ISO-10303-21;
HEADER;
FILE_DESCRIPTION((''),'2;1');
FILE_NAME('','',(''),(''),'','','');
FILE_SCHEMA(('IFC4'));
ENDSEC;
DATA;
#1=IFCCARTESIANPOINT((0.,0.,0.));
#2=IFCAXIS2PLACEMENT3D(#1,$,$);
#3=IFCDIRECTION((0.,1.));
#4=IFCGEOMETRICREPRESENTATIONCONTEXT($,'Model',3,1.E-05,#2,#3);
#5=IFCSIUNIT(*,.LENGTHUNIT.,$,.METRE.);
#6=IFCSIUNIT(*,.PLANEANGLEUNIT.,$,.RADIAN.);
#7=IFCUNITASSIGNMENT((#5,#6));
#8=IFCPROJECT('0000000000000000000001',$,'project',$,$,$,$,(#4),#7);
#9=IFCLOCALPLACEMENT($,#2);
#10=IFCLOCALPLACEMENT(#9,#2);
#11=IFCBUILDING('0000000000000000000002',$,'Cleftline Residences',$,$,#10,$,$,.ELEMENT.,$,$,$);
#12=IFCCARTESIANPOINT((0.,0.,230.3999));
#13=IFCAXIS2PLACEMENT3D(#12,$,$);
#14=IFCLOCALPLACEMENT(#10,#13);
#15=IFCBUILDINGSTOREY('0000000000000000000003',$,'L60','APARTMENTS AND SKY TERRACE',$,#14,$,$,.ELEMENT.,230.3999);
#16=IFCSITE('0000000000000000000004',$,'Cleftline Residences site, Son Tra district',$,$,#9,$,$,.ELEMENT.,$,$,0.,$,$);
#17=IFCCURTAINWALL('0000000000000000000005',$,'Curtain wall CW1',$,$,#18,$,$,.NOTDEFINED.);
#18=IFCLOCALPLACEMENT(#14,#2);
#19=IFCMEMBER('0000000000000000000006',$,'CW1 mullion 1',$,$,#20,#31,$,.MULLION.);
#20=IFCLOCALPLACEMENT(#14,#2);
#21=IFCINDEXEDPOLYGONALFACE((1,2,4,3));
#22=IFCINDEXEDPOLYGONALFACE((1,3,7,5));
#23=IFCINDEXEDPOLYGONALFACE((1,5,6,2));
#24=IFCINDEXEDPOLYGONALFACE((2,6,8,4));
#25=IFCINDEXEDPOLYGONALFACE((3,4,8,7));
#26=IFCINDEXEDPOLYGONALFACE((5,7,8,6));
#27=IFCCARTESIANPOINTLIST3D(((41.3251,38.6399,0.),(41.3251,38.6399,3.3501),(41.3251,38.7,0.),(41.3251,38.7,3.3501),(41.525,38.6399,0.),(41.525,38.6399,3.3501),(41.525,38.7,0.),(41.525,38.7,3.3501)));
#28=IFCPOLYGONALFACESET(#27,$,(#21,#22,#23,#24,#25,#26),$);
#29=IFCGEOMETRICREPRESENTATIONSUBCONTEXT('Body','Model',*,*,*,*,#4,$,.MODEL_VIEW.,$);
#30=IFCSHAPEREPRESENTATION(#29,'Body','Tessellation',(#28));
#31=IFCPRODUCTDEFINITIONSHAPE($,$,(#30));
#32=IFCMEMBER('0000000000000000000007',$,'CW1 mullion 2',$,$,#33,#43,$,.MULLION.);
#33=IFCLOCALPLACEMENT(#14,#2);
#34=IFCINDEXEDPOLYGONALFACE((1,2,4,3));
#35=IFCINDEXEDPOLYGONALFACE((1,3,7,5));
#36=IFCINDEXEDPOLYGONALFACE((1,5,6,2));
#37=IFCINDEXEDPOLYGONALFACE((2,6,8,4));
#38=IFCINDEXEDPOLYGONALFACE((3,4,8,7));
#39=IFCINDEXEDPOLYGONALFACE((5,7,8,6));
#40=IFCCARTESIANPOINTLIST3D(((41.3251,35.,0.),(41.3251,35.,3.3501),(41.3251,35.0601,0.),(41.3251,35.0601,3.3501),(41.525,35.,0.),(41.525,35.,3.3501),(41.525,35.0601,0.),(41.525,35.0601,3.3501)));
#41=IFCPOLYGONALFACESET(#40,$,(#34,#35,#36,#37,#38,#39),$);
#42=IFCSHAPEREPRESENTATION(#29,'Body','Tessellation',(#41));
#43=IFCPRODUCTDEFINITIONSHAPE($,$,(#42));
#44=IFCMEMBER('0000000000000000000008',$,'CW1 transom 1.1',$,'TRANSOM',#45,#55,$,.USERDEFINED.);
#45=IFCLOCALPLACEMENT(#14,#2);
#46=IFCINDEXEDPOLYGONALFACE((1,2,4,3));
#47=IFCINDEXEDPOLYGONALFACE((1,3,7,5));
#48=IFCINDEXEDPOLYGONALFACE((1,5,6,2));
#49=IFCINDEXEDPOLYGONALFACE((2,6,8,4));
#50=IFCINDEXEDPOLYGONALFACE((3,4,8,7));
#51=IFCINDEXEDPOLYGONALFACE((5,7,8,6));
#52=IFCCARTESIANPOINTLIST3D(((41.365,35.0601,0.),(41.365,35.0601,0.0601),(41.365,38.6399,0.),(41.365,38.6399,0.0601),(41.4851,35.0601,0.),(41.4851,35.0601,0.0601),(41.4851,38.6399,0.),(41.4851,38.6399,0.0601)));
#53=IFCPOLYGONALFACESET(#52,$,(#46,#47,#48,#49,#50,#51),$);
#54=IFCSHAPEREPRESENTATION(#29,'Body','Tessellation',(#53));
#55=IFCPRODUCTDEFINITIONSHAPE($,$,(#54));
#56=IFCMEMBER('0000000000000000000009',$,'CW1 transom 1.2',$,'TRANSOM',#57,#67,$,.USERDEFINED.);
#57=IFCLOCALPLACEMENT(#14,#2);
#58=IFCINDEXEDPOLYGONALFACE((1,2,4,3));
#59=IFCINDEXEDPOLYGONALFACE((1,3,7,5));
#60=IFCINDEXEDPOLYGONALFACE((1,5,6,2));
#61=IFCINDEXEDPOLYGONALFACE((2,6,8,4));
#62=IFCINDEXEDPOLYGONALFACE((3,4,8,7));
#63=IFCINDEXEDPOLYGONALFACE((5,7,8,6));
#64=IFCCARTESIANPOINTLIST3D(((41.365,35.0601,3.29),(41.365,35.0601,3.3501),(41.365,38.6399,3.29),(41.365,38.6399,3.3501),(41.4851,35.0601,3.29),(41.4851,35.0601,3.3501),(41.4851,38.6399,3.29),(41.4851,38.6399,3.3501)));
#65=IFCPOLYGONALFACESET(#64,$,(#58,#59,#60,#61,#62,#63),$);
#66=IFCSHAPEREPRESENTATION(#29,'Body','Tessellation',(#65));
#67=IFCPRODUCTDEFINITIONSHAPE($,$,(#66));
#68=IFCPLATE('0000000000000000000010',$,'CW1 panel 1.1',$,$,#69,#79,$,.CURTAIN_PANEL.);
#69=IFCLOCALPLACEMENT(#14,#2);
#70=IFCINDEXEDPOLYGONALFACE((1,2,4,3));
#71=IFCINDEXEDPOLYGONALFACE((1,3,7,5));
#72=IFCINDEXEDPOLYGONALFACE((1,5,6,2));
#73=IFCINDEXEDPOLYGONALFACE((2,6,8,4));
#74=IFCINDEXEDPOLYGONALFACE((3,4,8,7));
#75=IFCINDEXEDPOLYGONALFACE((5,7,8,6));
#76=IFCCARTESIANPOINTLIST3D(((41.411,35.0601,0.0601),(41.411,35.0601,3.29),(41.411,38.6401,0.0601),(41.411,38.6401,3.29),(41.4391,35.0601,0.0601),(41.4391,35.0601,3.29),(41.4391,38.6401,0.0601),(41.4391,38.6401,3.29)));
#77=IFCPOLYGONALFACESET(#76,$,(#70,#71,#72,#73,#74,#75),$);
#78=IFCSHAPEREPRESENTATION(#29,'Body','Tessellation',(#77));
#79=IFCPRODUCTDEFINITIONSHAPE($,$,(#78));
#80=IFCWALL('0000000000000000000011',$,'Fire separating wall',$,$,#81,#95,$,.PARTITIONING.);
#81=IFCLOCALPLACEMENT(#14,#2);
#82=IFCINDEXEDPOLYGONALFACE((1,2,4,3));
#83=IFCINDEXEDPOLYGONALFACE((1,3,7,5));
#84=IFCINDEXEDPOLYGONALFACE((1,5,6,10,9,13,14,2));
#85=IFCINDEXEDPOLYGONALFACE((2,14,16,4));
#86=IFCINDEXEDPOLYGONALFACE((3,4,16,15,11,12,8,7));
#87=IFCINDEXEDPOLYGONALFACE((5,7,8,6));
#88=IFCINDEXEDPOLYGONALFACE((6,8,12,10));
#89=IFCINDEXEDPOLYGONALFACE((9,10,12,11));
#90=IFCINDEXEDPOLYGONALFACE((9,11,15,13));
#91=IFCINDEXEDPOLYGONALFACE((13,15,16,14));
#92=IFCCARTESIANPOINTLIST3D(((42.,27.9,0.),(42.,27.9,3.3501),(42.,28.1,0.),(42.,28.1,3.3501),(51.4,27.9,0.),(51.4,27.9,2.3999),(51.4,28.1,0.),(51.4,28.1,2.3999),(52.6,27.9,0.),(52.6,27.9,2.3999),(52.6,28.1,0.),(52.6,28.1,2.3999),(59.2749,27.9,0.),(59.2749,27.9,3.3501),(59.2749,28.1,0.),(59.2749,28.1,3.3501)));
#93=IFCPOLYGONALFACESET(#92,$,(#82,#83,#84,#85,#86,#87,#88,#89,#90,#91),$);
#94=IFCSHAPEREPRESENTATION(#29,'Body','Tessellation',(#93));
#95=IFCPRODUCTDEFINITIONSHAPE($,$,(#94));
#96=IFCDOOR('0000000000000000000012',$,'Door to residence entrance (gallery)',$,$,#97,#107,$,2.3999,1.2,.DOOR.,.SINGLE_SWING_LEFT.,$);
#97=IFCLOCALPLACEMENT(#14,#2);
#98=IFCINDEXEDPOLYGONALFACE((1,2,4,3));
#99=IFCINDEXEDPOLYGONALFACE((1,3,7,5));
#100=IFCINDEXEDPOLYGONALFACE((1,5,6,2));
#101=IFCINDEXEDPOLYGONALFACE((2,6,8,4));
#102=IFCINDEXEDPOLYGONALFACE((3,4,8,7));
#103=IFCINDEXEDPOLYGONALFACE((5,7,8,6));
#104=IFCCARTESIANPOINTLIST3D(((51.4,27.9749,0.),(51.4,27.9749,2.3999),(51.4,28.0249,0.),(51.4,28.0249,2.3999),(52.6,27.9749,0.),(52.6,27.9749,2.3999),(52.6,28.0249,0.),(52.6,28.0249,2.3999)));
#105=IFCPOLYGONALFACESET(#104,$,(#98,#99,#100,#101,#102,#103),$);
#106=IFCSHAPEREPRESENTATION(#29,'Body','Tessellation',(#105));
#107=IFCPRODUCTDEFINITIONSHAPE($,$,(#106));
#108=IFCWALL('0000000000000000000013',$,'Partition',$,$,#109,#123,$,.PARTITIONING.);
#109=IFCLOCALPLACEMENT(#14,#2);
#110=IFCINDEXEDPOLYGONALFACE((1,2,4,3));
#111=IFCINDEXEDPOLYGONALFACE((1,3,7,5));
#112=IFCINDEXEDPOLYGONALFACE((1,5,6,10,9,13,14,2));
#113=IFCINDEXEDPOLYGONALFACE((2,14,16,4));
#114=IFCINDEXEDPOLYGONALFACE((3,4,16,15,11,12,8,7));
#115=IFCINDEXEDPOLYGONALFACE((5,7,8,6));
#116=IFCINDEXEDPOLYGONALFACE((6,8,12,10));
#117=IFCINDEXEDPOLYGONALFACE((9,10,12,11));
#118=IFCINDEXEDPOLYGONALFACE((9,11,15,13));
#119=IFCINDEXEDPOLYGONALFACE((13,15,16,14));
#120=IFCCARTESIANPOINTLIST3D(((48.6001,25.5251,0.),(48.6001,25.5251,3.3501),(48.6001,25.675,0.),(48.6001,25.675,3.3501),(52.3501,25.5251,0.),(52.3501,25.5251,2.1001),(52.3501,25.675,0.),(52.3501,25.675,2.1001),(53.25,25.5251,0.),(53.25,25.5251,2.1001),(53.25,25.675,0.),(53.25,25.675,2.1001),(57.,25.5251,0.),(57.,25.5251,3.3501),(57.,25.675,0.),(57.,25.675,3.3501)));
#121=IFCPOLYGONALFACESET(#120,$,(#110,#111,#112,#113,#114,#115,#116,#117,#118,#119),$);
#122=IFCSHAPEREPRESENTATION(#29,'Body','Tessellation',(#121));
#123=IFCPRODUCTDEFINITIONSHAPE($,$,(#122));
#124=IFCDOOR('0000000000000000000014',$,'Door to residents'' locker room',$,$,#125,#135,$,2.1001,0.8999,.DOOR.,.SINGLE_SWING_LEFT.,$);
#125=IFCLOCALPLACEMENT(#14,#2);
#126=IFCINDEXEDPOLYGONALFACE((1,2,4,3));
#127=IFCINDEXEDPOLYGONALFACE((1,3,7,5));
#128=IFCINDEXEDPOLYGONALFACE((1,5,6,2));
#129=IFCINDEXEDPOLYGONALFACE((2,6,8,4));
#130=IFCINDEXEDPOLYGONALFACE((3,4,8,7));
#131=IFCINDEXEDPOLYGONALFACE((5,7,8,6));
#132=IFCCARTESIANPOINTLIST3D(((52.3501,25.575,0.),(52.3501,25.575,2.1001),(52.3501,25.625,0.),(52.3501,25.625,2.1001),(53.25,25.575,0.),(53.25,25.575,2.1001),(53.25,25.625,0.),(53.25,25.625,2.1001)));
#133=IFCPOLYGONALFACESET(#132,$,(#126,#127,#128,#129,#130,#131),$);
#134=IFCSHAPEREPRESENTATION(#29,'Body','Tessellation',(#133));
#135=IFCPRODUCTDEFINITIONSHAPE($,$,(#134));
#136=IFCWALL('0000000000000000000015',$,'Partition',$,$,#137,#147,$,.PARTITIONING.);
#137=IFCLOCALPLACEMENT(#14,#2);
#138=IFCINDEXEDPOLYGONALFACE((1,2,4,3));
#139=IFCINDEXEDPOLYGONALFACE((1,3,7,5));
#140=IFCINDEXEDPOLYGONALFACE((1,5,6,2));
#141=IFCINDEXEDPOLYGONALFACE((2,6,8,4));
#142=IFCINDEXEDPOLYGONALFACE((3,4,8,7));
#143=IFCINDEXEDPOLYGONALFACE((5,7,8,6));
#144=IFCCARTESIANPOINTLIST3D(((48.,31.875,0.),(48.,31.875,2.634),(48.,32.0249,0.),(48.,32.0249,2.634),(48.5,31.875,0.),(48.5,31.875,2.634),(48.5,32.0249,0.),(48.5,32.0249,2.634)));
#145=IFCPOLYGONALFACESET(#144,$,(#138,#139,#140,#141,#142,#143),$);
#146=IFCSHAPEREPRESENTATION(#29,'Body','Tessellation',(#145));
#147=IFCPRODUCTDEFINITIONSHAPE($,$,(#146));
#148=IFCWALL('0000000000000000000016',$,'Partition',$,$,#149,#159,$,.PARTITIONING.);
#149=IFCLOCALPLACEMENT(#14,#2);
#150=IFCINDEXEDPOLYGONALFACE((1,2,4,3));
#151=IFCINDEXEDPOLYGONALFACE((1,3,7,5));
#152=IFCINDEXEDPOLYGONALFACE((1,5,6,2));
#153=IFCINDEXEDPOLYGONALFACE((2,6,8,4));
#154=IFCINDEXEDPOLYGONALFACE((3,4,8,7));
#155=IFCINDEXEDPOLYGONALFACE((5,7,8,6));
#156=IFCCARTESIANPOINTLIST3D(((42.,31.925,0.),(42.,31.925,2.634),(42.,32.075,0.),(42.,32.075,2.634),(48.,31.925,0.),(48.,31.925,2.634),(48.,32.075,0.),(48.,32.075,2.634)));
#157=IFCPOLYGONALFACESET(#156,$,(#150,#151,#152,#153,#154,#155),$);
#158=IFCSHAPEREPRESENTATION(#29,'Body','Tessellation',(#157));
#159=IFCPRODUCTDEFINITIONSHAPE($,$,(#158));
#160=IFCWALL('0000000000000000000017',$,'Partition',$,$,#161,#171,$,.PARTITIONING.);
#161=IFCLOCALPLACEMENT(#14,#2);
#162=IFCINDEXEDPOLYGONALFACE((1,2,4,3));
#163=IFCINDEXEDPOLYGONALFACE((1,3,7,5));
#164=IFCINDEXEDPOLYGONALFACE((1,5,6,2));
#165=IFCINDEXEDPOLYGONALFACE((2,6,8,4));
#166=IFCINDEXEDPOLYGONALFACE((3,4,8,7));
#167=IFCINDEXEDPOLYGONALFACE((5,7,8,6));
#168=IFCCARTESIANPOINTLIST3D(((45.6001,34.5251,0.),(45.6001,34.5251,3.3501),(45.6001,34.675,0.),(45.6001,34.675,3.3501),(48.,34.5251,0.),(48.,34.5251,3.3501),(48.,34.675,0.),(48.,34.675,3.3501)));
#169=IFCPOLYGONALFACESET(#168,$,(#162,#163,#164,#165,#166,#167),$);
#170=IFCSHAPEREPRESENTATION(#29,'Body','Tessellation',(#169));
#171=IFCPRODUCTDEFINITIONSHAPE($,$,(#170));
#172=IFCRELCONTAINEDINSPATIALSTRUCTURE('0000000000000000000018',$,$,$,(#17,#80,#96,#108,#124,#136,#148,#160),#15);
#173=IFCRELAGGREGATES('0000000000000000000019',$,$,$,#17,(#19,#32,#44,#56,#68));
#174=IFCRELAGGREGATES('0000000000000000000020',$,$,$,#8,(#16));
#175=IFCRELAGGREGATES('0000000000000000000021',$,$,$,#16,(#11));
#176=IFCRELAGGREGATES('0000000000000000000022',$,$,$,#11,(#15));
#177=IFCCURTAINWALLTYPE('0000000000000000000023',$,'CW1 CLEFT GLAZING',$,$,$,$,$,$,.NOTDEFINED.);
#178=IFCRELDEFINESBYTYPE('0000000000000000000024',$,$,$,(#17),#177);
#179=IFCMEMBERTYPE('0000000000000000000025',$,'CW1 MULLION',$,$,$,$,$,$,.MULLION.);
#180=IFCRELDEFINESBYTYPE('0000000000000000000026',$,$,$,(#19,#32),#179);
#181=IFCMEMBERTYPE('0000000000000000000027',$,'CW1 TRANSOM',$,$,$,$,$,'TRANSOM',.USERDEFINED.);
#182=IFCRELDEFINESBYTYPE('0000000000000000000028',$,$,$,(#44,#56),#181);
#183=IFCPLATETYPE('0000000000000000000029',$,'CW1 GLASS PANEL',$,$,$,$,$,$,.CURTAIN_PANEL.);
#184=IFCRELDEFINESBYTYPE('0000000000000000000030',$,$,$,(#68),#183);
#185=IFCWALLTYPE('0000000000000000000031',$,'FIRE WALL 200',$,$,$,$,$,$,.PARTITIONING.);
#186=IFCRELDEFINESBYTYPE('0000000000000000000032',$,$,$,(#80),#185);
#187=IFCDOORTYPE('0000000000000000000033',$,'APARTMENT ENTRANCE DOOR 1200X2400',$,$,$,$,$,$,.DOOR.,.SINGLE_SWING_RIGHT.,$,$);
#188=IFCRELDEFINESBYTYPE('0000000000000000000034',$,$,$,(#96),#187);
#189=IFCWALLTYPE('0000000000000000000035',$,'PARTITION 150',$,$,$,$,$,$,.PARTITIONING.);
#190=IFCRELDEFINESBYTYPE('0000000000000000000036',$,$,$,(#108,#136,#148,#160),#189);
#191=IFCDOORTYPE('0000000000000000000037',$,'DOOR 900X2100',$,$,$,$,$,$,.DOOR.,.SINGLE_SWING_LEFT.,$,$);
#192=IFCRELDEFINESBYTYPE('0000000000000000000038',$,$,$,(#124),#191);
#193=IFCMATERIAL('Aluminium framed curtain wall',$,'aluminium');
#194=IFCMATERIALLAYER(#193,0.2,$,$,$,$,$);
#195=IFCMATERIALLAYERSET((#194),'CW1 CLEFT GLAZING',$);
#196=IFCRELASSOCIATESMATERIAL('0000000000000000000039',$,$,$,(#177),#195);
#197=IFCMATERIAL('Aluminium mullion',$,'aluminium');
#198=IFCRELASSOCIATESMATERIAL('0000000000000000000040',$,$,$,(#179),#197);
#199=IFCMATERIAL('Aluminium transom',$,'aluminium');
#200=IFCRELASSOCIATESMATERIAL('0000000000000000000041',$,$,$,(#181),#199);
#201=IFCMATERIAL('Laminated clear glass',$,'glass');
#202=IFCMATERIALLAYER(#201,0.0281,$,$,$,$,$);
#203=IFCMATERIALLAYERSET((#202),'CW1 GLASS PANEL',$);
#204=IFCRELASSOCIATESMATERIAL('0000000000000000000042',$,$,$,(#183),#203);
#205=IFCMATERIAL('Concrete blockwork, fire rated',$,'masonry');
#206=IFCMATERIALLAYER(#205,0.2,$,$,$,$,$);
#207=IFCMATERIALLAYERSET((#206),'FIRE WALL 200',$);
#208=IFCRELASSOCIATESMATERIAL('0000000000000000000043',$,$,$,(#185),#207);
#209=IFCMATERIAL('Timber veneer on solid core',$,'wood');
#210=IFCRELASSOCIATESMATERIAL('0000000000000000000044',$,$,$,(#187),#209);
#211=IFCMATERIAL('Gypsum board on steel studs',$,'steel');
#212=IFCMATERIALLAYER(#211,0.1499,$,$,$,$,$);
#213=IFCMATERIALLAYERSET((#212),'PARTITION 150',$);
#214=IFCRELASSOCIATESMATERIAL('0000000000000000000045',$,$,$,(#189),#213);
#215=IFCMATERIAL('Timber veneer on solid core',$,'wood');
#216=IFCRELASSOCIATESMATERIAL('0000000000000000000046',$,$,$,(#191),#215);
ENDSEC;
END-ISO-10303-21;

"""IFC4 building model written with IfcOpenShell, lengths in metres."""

from ifc_helpers import new_model, si_unit, direction, frame, frame_2d, origin, origin_2d, place, context, subcontext, project, spatial, rectangle, extrude, material, layer, layer_set, material_profile, profile_set, type_object, element, fill, aggregate, save


model = new_model("IFC4")

# Units and contexts
model_context = context("Model", 3, precision=1e-05, world=origin(), true_north=direction((0.0, 1.0)))
body_context = subcontext(model_context, "Body", "Model", "MODEL_VIEW")
ifc_project = project(units=[si_unit("LENGTHUNIT", "METRE"), si_unit("PLANEANGLEUNIT", "RADIAN")], contexts=[model_context])

# Site, building, storey
site_placement = place(None, origin())
site = spatial("IfcSite", under=ifc_project, at=site_placement, Name="Cleftline Residences site, Son Tra district", CompositionType="ELEMENT", RefElevation=0.0)
building_placement = place(site_placement, origin())
building = spatial("IfcBuilding", under=site, at=building_placement, Name="Cleftline Residences", CompositionType="ELEMENT")
storey_placement = place(building_placement, frame((0.0, 0.0, 230.3999)))
storey = spatial("IfcBuildingStorey", under=building, at=storey_placement, Name="L60", Description="APARTMENTS AND SKY TERRACE", CompositionType="ELEMENT", Elevation=230.3999)

# Curtain wall, members, plate
ifc_material_1 = material(Name="Aluminium framed curtain wall", Category="aluminium")
ifc_layer_1 = layer(ifc_material_1, 0.2)
ifc_layer_set_1 = layer_set([ifc_layer_1], Name="CW1 CLEFT GLAZING")
curtain_wall_type = type_object("IfcCurtainWallType", Name="CW1 CLEFT GLAZING", PredefinedType="NOTDEFINED", material=ifc_layer_set_1)
curtain_wall_placement = place(storey_placement, origin())
curtain_wall = element("IfcCurtainWall", 1, at=curtain_wall_placement, inside=storey, type_object=curtain_wall_type, Name="Curtain wall CW1", PredefinedType="NOTDEFINED")
ifc_material_2 = material(Name="Aluminium mullion", Category="aluminium")
ifc_material_profile_1 = material_profile(ifc_material_2, rectangle(XDim=0.2, YDim=0.0601, at=origin_2d()))
ifc_profile_set_1 = profile_set([ifc_material_profile_1], Name="Aluminium mullion")
member_type_1 = type_object("IfcMemberType", Name="CW1 MULLION", PredefinedType="MULLION", material=ifc_profile_set_1)
member_1_placement = place(storey_placement, frame((41.425, 38.6699, 0.0), z_axis=(0.0, 0.0, 1.0), x_axis=(1.0, 0.0, 0.0)))
member_1 = element("IfcMember", 2, at=member_1_placement, type_object=member_type_1, Name="CW1 mullion 1", PredefinedType="MULLION", context=body_context, shape_type="SweptSolid", body=[
    extrude(rectangle(XDim=0.2, YDim=0.0601, at=origin_2d()), origin(), (0.0, 0.0, 1.0), 3.3501),
])
member_2_placement = place(storey_placement, frame((41.425, 35.03, 0.0), z_axis=(0.0, 0.0, 1.0), x_axis=(1.0, 0.0, 0.0)))
member_2 = element("IfcMember", 3, at=member_2_placement, type_object=member_type_1, Name="CW1 mullion 2", PredefinedType="MULLION", context=body_context, shape_type="SweptSolid", body=[
    extrude(rectangle(XDim=0.2, YDim=0.0601, at=origin_2d()), origin(), (0.0, 0.0, 1.0), 3.3501),
])
ifc_material_3 = material(Name="Aluminium transom", Category="aluminium")
ifc_material_profile_2 = material_profile(ifc_material_3, rectangle(XDim=0.1201, YDim=0.0601, at=origin_2d()))
ifc_profile_set_2 = profile_set([ifc_material_profile_2], Name="Aluminium transom")
member_type_2 = type_object("IfcMemberType", Name="CW1 TRANSOM", ElementType="TRANSOM", PredefinedType="USERDEFINED", material=ifc_profile_set_2)
member_3_placement = place(storey_placement, frame((41.425, 38.6399, 0.03), z_axis=(0.0, -1.0, 0.0), x_axis=(1.0, 0.0, 0.0)))
member_3 = element("IfcMember", 4, at=member_3_placement, type_object=member_type_2, Name="CW1 transom 1.1", ObjectType="TRANSOM", PredefinedType="USERDEFINED", context=body_context, shape_type="SweptSolid", body=[
    extrude(rectangle(XDim=0.1201, YDim=0.0601, at=origin_2d()), origin(), (0.0, 0.0, 1.0), 3.5798),
])
member_4_placement = place(storey_placement, frame((41.425, 38.6399, 3.3201), z_axis=(0.0, -1.0, 0.0), x_axis=(1.0, 0.0, 0.0)))
member_4 = element("IfcMember", 5, at=member_4_placement, type_object=member_type_2, Name="CW1 transom 1.2", ObjectType="TRANSOM", PredefinedType="USERDEFINED", context=body_context, shape_type="SweptSolid", body=[
    extrude(rectangle(XDim=0.1201, YDim=0.0601, at=origin_2d()), origin(), (0.0, 0.0, 1.0), 3.5798),
])
ifc_material_4 = material(Name="Laminated clear glass", Category="glass")
ifc_layer_2 = layer(ifc_material_4, 0.0281)
ifc_layer_set_2 = layer_set([ifc_layer_2], Name="CW1 GLASS PANEL")
plate_type = type_object("IfcPlateType", Name="CW1 GLASS PANEL", PredefinedType="CURTAIN_PANEL", material=ifc_layer_set_2)
plate_placement = place(storey_placement, frame((41.425, 36.8501, 0.0601), z_axis=(0.0, 0.0, 1.0), x_axis=(0.0, -1.0, 0.0)))
plate = element("IfcPlate", 6, at=plate_placement, type_object=plate_type, Name="CW1 panel 1.1", PredefinedType="CURTAIN_PANEL", context=body_context, shape_type="SweptSolid", body=[
    extrude(rectangle(XDim=3.5801, YDim=0.0281, at=origin_2d()), origin(), (0.0, 0.0, 1.0), 3.23),
])
aggregate(curtain_wall, [member_1, member_2, member_3, member_4, plate])

# Walls, openings, doors
ifc_material_5 = material(Name="Concrete blockwork, fire rated", Category="masonry")
ifc_layer_3 = layer(ifc_material_5, 0.2)
ifc_layer_set_3 = layer_set([ifc_layer_3], Name="FIRE WALL 200")
wall_type_1 = type_object("IfcWallType", Name="FIRE WALL 200", PredefinedType="PARTITIONING", material=ifc_layer_set_3)
wall_1_placement = place(storey_placement, frame((42.0, 28.0, 0.0), z_axis=(0.0, 0.0, 1.0), x_axis=(1.0, 0.0, 0.0)))
wall_1 = element("IfcWall", 7, at=wall_1_placement, inside=storey, type_object=wall_type_1, Name="Fire separating wall", PredefinedType="PARTITIONING", context=body_context, shape_type="SweptSolid", body=[
    extrude(rectangle(XDim=17.2749, YDim=0.2, at=frame_2d((8.6375, 0.0))), origin(), (0.0, 0.0, 1.0), 3.3501),
])
opening_1_placement = place(wall_1_placement, frame((9.3999, 0.0, 0.0)))
opening_1 = element("IfcOpeningElement", 8, at=opening_1_placement, cuts=wall_1, PredefinedType="OPENING", context=body_context, shape_type="SweptSolid", body=[
    extrude(rectangle(XDim=1.2, YDim=2.3999, at=frame_2d((0.6001, 1.2))), frame((0.0, 0.1099, 0.0), z_axis=(0.0, -1.0, 0.0), x_axis=(1.0, 0.0, 0.0)), (0.0, 0.0, 1.0), 0.22),
])
ifc_material_6 = material(Name="Timber veneer on solid core", Category="wood")
door_type_1 = type_object("IfcDoorType", Name="APARTMENT ENTRANCE DOOR 1200X2400", OperationType="SINGLE_SWING_RIGHT", PredefinedType="DOOR", material=ifc_material_6)
door_1_placement = place(opening_1_placement, origin())
door_1 = element("IfcDoor", 9, at=door_1_placement, inside=storey, type_object=door_type_1, Name="Door to residence entrance (gallery)", OperationType="SINGLE_SWING_LEFT", OverallHeight=2.3999, OverallWidth=1.2, PredefinedType="DOOR", context=body_context, shape_type="SweptSolid", body=[
    extrude(rectangle(XDim=1.2, YDim=2.3999, at=frame_2d((0.6001, 1.2))), frame((0.0, 0.0249, 0.0), z_axis=(0.0, -1.0, 0.0), x_axis=(1.0, 0.0, 0.0)), (0.0, 0.0, 1.0), 0.05),
])
fill(opening_1, door_1)
ifc_material_7 = material(Name="Gypsum board on steel studs", Category="steel")
ifc_layer_4 = layer(ifc_material_7, 0.1499)
ifc_layer_set_4 = layer_set([ifc_layer_4], Name="PARTITION 150")
wall_type_2 = type_object("IfcWallType", Name="PARTITION 150", PredefinedType="PARTITIONING", material=ifc_layer_set_4)
wall_2_placement = place(storey_placement, frame((48.6001, 25.6001, 0.0), z_axis=(0.0, 0.0, 1.0), x_axis=(1.0, 0.0, 0.0)))
wall_2 = element("IfcWall", 10, at=wall_2_placement, inside=storey, type_object=wall_type_2, Name="Partition", PredefinedType="PARTITIONING", context=body_context, shape_type="SweptSolid", body=[
    extrude(rectangle(XDim=8.3999, YDim=0.1499, at=frame_2d((4.2, 0.0))), origin(), (0.0, 0.0, 1.0), 3.3501),
])
opening_2_placement = place(wall_2_placement, frame((3.75, 0.0, 0.0)))
opening_2 = element("IfcOpeningElement", 11, at=opening_2_placement, cuts=wall_2, PredefinedType="OPENING", context=body_context, shape_type="SweptSolid", body=[
    extrude(rectangle(XDim=0.8999, YDim=2.1001, at=frame_2d((0.45, 1.05))), frame((0.0, 0.085, 0.0), z_axis=(0.0, -1.0, 0.0), x_axis=(1.0, 0.0, 0.0)), (0.0, 0.0, 1.0), 0.1699),
])
ifc_material_8 = material(Name="Timber veneer on solid core", Category="wood")
door_type_2 = type_object("IfcDoorType", Name="DOOR 900X2100", OperationType="SINGLE_SWING_LEFT", PredefinedType="DOOR", material=ifc_material_8)
door_2_placement = place(opening_2_placement, origin())
door_2 = element("IfcDoor", 12, at=door_2_placement, inside=storey, type_object=door_type_2, Name="Door to residents' locker room", OperationType="SINGLE_SWING_LEFT", OverallHeight=2.1001, OverallWidth=0.8999, PredefinedType="DOOR", context=body_context, shape_type="SweptSolid", body=[
    extrude(rectangle(XDim=0.8999, YDim=2.1001, at=frame_2d((0.45, 1.05))), frame((0.0, 0.0249, 0.0), z_axis=(0.0, -1.0, 0.0), x_axis=(1.0, 0.0, 0.0)), (0.0, 0.0, 1.0), 0.05),
])
fill(opening_2, door_2)

# Walls
wall_3_placement = place(storey_placement, frame((48.0, 31.95, 0.0), z_axis=(0.0, 0.0, 1.0), x_axis=(1.0, 0.0, 0.0)))
element("IfcWall", 13, at=wall_3_placement, inside=storey, type_object=wall_type_2, Name="Partition", PredefinedType="PARTITIONING", context=body_context, shape_type="SweptSolid", body=[
    extrude(rectangle(XDim=0.5, YDim=0.1499, at=frame_2d((0.25, 0.0))), origin(), (0.0, 0.0, 1.0), 2.634),
])
wall_4_placement = place(storey_placement, frame((42.0, 32.0, 0.0), z_axis=(0.0, 0.0, 1.0), x_axis=(1.0, 0.0, 0.0)))
element("IfcWall", 14, at=wall_4_placement, inside=storey, type_object=wall_type_2, Name="Partition", PredefinedType="PARTITIONING", context=body_context, shape_type="SweptSolid", body=[
    extrude(rectangle(XDim=6.0, YDim=0.1499, at=frame_2d((3.0, 0.0))), origin(), (0.0, 0.0, 1.0), 2.634),
])
wall_5_placement = place(storey_placement, frame((45.6001, 34.6001, 0.0), z_axis=(0.0, 0.0, 1.0), x_axis=(1.0, 0.0, 0.0)))
element("IfcWall", 15, at=wall_5_placement, inside=storey, type_object=wall_type_2, Name="Partition", PredefinedType="PARTITIONING", context=body_context, shape_type="SweptSolid", body=[
    extrude(rectangle(XDim=2.3999, YDim=0.1499, at=frame_2d((1.2, 0.0))), origin(), (0.0, 0.0, 1.0), 3.3501),
])

save(model, "model.ifc")
